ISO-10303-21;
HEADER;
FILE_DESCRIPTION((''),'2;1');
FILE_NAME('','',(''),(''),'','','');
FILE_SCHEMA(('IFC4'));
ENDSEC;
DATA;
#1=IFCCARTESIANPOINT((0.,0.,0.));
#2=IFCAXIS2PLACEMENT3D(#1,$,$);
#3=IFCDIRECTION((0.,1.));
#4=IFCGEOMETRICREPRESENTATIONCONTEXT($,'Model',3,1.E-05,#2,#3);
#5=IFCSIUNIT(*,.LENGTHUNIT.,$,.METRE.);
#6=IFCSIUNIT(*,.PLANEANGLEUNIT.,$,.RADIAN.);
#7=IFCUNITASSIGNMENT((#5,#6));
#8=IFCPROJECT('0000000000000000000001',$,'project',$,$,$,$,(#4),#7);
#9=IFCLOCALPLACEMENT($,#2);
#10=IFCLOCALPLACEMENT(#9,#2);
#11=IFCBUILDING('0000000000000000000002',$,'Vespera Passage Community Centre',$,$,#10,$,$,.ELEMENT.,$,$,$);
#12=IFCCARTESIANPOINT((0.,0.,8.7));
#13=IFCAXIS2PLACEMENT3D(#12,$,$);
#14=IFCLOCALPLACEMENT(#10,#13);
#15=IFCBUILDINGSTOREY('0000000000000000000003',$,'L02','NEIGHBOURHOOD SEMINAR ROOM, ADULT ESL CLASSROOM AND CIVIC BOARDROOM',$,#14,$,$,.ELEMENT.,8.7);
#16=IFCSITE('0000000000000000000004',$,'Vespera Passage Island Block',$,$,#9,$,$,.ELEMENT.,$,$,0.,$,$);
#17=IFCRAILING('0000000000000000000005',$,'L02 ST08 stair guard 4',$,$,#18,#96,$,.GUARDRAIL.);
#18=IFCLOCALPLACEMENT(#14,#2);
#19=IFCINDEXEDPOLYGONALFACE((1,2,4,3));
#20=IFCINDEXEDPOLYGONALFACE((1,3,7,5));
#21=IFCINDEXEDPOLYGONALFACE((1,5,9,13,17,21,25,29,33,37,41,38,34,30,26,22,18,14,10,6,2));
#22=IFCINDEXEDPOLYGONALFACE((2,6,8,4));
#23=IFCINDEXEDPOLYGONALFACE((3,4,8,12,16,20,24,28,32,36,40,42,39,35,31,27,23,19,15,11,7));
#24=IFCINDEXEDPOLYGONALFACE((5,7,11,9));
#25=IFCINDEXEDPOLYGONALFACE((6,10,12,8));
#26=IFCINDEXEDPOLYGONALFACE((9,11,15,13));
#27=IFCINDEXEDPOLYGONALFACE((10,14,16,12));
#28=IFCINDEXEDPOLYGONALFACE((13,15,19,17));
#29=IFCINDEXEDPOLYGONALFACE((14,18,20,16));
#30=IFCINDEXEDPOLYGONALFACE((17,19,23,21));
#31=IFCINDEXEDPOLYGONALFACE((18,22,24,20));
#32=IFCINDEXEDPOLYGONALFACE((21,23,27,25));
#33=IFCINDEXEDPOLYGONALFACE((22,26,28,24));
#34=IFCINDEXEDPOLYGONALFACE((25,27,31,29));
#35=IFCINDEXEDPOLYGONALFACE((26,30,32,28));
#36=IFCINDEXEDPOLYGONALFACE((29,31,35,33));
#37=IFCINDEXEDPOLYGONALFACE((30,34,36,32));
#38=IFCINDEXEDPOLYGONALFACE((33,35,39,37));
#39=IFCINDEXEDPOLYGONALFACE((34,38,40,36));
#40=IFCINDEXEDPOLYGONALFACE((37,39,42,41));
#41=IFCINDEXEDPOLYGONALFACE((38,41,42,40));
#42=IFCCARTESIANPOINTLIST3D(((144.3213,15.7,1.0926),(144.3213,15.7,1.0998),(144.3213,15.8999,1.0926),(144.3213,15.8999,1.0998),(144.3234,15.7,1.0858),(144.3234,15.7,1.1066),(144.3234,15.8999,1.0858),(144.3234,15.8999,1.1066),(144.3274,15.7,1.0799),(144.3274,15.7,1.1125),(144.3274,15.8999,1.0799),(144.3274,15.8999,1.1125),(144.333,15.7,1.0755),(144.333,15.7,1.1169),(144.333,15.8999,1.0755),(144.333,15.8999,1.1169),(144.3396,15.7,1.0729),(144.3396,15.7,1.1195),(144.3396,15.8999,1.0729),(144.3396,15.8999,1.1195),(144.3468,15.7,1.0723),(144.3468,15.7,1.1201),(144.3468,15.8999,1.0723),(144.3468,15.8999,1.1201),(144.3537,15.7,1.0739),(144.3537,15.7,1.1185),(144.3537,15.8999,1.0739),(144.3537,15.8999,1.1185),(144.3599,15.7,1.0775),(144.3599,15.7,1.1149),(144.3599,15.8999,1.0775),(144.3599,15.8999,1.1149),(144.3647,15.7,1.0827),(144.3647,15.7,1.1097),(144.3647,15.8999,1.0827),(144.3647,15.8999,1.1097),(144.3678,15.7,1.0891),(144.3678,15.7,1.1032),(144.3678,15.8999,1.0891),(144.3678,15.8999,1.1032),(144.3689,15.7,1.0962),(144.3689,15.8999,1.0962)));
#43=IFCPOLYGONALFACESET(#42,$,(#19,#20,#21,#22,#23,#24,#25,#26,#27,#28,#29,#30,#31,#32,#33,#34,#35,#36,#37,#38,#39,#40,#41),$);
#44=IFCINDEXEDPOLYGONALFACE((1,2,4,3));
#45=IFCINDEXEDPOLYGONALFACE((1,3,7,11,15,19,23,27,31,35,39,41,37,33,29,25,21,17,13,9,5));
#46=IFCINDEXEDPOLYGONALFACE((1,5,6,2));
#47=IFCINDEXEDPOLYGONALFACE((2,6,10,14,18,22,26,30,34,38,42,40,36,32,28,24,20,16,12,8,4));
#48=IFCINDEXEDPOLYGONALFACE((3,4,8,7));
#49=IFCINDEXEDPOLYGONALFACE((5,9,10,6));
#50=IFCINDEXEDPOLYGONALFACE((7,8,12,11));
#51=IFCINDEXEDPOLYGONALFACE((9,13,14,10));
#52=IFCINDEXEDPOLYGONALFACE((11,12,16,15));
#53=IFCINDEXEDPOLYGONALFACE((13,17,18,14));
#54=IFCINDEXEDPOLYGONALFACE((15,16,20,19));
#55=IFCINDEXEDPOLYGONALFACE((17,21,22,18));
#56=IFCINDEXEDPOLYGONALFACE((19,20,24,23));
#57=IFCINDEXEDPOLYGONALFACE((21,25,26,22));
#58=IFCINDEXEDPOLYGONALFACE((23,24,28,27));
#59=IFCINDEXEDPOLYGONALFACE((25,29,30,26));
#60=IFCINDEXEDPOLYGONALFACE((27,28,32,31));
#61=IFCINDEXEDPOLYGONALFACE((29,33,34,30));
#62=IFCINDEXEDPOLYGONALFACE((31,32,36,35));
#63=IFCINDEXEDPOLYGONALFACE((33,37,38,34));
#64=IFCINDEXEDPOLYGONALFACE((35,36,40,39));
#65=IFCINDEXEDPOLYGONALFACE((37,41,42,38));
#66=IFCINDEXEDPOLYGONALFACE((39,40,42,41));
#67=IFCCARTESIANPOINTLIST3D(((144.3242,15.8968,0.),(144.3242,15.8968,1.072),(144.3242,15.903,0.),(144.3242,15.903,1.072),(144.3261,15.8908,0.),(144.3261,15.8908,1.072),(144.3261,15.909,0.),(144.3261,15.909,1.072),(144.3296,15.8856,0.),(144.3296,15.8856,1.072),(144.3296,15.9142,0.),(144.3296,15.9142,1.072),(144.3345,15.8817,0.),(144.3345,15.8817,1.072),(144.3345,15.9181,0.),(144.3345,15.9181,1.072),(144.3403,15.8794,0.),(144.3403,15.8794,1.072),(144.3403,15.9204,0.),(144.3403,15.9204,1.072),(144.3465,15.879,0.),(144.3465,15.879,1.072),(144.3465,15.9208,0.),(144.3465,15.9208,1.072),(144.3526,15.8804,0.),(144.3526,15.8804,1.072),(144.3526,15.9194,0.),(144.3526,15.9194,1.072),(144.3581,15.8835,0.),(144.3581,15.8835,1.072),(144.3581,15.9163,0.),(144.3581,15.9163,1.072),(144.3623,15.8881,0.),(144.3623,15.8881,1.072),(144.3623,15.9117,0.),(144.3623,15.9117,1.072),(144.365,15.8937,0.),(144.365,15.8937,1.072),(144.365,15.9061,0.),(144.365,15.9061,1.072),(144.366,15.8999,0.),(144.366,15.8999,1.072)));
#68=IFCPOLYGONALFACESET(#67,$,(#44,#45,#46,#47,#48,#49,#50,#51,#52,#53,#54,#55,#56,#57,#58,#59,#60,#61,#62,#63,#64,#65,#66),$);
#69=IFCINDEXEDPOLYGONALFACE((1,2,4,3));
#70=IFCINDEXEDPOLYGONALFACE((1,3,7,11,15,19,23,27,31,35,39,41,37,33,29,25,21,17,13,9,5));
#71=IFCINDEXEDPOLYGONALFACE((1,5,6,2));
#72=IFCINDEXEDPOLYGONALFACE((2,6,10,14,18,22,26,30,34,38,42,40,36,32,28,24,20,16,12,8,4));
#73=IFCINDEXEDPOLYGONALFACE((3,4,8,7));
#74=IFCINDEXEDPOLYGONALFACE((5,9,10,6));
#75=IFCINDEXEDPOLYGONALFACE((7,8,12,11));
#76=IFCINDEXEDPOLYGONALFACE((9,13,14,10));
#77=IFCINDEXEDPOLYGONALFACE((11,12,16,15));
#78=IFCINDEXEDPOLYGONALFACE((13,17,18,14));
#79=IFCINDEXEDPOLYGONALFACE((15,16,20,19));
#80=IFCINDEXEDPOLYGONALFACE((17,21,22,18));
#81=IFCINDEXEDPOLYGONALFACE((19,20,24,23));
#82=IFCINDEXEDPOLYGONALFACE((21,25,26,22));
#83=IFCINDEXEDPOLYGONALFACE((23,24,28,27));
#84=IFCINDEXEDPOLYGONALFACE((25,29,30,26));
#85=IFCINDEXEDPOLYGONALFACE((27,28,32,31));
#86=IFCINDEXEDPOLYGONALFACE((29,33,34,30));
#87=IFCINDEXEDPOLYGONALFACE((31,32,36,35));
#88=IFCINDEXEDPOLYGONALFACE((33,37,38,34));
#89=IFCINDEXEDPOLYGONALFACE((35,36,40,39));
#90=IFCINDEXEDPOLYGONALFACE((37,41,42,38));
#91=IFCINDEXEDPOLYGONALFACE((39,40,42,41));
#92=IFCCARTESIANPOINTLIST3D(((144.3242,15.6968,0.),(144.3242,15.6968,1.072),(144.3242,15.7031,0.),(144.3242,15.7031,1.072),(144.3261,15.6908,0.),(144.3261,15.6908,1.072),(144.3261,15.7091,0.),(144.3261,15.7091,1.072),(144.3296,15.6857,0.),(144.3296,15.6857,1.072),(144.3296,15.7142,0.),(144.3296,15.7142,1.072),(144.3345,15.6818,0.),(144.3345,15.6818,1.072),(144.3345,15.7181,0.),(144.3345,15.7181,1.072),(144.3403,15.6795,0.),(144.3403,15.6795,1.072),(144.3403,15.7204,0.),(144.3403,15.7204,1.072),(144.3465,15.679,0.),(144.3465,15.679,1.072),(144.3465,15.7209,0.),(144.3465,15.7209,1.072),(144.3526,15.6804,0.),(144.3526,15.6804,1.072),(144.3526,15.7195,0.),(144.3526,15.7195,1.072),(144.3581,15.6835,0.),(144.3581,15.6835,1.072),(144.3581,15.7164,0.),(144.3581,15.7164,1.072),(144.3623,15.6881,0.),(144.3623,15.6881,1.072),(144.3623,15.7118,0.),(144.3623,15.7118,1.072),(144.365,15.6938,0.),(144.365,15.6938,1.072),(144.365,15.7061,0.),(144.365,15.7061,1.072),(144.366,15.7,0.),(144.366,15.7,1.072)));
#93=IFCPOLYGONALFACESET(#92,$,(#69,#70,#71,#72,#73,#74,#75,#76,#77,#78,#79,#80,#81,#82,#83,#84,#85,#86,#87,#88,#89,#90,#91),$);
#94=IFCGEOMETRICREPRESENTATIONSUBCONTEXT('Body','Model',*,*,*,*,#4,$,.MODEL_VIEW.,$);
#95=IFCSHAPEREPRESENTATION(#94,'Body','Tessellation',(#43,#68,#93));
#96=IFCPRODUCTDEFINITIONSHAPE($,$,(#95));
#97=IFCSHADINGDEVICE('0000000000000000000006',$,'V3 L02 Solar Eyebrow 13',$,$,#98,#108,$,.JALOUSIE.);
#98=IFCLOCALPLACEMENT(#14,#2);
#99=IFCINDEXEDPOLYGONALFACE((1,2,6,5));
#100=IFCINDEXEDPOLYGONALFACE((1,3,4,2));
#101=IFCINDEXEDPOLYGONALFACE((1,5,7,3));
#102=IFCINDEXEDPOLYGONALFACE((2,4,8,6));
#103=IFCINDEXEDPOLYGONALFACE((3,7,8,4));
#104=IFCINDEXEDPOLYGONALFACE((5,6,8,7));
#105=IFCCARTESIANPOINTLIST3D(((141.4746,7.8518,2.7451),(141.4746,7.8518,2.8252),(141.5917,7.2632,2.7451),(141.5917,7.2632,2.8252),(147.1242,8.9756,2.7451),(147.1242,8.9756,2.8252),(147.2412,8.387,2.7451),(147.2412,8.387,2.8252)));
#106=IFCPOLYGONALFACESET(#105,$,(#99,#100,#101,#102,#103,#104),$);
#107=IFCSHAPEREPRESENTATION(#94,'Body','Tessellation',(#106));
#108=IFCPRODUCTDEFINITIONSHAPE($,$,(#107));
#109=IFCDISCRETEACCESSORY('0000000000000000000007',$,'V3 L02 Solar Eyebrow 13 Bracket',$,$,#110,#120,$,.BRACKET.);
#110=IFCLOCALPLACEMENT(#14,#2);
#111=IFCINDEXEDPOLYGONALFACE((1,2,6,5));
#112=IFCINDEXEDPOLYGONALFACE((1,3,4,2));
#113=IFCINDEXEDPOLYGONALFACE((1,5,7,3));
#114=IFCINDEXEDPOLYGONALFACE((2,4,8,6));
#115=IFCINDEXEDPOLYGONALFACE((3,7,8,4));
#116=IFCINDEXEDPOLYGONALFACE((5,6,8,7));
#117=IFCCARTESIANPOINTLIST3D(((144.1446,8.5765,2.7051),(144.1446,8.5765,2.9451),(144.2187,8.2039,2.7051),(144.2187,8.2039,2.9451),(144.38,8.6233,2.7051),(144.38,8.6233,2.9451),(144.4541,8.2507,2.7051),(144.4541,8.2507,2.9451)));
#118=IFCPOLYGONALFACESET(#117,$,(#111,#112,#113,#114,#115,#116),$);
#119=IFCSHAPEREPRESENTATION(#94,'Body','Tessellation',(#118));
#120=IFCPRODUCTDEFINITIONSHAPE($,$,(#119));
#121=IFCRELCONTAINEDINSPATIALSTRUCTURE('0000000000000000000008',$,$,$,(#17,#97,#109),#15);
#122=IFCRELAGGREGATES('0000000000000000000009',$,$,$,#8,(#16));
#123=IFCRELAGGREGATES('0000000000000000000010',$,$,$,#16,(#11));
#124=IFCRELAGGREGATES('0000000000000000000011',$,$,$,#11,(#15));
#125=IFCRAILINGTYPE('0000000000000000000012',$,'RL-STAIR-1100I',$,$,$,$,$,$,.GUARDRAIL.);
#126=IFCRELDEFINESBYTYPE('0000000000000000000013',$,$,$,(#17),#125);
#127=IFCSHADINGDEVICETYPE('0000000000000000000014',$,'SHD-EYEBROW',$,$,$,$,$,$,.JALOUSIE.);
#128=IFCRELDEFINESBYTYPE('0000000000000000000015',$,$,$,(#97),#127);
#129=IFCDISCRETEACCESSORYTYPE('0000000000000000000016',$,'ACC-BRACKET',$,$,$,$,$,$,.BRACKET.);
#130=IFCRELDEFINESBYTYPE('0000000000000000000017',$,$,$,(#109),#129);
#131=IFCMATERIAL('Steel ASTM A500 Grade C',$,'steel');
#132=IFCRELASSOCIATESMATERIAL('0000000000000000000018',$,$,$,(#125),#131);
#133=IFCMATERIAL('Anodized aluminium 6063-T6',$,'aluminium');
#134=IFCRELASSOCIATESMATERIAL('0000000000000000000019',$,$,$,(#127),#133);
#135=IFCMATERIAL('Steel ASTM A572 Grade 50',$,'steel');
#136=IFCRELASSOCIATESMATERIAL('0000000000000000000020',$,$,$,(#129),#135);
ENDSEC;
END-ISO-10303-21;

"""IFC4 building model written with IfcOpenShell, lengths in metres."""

from ifc_helpers import new_model, si_unit, direction, frame, origin, origin_2d, place, context, subcontext, project, spatial, rectangle, circle, extrude, material, type_object, element, save


model = new_model("IFC4")

# Units and contexts
model_context = context("Model", 3, precision=1e-05, world=origin(), true_north=direction((0.0, 1.0)))
body_context = subcontext(model_context, "Body", "Model", "MODEL_VIEW")
ifc_project = project(units=[si_unit("LENGTHUNIT", "METRE"), si_unit("PLANEANGLEUNIT", "RADIAN")], contexts=[model_context])

# Site, building, storey
site_placement = place(None, origin())
site = spatial("IfcSite", under=ifc_project, at=site_placement, Name="Vespera Passage Island Block", CompositionType="ELEMENT", RefElevation=0.0)
building_placement = place(site_placement, origin())
building = spatial("IfcBuilding", under=site, at=building_placement, Name="Vespera Passage Community Centre", CompositionType="ELEMENT")
storey_placement = place(building_placement, frame((0.0, 0.0, 8.7)))
storey = spatial("IfcBuildingStorey", under=building, at=storey_placement, Name="L02", Description="NEIGHBOURHOOD SEMINAR ROOM, ADULT ESL CLASSROOM AND CIVIC BOARDROOM", CompositionType="ELEMENT", Elevation=8.7)

# Railing
ifc_material_1 = material(Name="Steel ASTM A500 Grade C", Category="steel")
railing_type_1 = type_object("IfcRailingType", Name="RL-STAIR-1100I", PredefinedType="GUARDRAIL", material=ifc_material_1)
railing_1_placement = place(storey_placement, frame((144.345, 15.8999, 0.0)))
element("IfcRailing", 1, at=railing_1_placement, inside=storey, type_object=railing_type_1, Name="L02 ST08 stair guard 4", PredefinedType="GUARDRAIL", context=body_context, shape_type="SweptSolid", body=[
    extrude(circle(Radius=0.0239, at=origin_2d()), frame((0.0, 0.0, 1.0962), z_axis=(0.0, -1.0, 0.0), x_axis=(1.0, 0.0, 0.0)), (0.0, 0.0, 1.0), 0.2),
    extrude(circle(Radius=0.021, at=origin_2d()), origin(), (0.0, 0.0, 1.0), 1.072),
    extrude(circle(Radius=0.021, at=origin_2d()), frame((0.0, -0.2, 0.0)), (0.0, 0.0, 1.0), 1.072),
])

# Shading device
ifc_material_2 = material(Name="Anodized aluminium 6063-T6", Category="aluminium")
shading_device_type = type_object("IfcShadingDeviceType", Name="SHD-EYEBROW", PredefinedType="JALOUSIE", material=ifc_material_2)
shading_device_placement = place(storey_placement, frame((144.3579, 8.1194, 2.7451), z_axis=(0.0, 0.0, 1.0), x_axis=(-0.980785, -0.19509, 0.0)))
element("IfcShadingDevice", 2, at=shading_device_placement, inside=storey, type_object=shading_device_type, Name="V3 L02 Solar Eyebrow 13", PredefinedType="JALOUSIE", context=body_context, shape_type="SweptSolid", body=[
    extrude(rectangle(XDim=5.7603, YDim=0.6001, at=origin_2d()), origin(), (0.0, 0.0, 1.0), 0.0801),
])

# Discrete accessory
ifc_material_3 = material(Name="Steel ASTM A572 Grade 50", Category="steel")
discrete_accessory_type = type_object("IfcDiscreteAccessoryType", Name="ACC-BRACKET", PredefinedType="BRACKET", material=ifc_material_3)
discrete_accessory_placement = place(storey_placement, frame((144.2993, 8.4136, 2.7051), z_axis=(0.0, 0.0, 1.0), x_axis=(-0.980785, -0.19509, 0.0)))
element("IfcDiscreteAccessory", 3, at=discrete_accessory_placement, inside=storey, type_object=discrete_accessory_type, Name="V3 L02 Solar Eyebrow 13 Bracket", PredefinedType="BRACKET", context=body_context, shape_type="SweptSolid", body=[
    extrude(rectangle(XDim=0.24, YDim=0.3799, at=origin_2d()), origin(), (0.0, 0.0, 1.0), 0.24),
])

save(model, "model.ifc")
